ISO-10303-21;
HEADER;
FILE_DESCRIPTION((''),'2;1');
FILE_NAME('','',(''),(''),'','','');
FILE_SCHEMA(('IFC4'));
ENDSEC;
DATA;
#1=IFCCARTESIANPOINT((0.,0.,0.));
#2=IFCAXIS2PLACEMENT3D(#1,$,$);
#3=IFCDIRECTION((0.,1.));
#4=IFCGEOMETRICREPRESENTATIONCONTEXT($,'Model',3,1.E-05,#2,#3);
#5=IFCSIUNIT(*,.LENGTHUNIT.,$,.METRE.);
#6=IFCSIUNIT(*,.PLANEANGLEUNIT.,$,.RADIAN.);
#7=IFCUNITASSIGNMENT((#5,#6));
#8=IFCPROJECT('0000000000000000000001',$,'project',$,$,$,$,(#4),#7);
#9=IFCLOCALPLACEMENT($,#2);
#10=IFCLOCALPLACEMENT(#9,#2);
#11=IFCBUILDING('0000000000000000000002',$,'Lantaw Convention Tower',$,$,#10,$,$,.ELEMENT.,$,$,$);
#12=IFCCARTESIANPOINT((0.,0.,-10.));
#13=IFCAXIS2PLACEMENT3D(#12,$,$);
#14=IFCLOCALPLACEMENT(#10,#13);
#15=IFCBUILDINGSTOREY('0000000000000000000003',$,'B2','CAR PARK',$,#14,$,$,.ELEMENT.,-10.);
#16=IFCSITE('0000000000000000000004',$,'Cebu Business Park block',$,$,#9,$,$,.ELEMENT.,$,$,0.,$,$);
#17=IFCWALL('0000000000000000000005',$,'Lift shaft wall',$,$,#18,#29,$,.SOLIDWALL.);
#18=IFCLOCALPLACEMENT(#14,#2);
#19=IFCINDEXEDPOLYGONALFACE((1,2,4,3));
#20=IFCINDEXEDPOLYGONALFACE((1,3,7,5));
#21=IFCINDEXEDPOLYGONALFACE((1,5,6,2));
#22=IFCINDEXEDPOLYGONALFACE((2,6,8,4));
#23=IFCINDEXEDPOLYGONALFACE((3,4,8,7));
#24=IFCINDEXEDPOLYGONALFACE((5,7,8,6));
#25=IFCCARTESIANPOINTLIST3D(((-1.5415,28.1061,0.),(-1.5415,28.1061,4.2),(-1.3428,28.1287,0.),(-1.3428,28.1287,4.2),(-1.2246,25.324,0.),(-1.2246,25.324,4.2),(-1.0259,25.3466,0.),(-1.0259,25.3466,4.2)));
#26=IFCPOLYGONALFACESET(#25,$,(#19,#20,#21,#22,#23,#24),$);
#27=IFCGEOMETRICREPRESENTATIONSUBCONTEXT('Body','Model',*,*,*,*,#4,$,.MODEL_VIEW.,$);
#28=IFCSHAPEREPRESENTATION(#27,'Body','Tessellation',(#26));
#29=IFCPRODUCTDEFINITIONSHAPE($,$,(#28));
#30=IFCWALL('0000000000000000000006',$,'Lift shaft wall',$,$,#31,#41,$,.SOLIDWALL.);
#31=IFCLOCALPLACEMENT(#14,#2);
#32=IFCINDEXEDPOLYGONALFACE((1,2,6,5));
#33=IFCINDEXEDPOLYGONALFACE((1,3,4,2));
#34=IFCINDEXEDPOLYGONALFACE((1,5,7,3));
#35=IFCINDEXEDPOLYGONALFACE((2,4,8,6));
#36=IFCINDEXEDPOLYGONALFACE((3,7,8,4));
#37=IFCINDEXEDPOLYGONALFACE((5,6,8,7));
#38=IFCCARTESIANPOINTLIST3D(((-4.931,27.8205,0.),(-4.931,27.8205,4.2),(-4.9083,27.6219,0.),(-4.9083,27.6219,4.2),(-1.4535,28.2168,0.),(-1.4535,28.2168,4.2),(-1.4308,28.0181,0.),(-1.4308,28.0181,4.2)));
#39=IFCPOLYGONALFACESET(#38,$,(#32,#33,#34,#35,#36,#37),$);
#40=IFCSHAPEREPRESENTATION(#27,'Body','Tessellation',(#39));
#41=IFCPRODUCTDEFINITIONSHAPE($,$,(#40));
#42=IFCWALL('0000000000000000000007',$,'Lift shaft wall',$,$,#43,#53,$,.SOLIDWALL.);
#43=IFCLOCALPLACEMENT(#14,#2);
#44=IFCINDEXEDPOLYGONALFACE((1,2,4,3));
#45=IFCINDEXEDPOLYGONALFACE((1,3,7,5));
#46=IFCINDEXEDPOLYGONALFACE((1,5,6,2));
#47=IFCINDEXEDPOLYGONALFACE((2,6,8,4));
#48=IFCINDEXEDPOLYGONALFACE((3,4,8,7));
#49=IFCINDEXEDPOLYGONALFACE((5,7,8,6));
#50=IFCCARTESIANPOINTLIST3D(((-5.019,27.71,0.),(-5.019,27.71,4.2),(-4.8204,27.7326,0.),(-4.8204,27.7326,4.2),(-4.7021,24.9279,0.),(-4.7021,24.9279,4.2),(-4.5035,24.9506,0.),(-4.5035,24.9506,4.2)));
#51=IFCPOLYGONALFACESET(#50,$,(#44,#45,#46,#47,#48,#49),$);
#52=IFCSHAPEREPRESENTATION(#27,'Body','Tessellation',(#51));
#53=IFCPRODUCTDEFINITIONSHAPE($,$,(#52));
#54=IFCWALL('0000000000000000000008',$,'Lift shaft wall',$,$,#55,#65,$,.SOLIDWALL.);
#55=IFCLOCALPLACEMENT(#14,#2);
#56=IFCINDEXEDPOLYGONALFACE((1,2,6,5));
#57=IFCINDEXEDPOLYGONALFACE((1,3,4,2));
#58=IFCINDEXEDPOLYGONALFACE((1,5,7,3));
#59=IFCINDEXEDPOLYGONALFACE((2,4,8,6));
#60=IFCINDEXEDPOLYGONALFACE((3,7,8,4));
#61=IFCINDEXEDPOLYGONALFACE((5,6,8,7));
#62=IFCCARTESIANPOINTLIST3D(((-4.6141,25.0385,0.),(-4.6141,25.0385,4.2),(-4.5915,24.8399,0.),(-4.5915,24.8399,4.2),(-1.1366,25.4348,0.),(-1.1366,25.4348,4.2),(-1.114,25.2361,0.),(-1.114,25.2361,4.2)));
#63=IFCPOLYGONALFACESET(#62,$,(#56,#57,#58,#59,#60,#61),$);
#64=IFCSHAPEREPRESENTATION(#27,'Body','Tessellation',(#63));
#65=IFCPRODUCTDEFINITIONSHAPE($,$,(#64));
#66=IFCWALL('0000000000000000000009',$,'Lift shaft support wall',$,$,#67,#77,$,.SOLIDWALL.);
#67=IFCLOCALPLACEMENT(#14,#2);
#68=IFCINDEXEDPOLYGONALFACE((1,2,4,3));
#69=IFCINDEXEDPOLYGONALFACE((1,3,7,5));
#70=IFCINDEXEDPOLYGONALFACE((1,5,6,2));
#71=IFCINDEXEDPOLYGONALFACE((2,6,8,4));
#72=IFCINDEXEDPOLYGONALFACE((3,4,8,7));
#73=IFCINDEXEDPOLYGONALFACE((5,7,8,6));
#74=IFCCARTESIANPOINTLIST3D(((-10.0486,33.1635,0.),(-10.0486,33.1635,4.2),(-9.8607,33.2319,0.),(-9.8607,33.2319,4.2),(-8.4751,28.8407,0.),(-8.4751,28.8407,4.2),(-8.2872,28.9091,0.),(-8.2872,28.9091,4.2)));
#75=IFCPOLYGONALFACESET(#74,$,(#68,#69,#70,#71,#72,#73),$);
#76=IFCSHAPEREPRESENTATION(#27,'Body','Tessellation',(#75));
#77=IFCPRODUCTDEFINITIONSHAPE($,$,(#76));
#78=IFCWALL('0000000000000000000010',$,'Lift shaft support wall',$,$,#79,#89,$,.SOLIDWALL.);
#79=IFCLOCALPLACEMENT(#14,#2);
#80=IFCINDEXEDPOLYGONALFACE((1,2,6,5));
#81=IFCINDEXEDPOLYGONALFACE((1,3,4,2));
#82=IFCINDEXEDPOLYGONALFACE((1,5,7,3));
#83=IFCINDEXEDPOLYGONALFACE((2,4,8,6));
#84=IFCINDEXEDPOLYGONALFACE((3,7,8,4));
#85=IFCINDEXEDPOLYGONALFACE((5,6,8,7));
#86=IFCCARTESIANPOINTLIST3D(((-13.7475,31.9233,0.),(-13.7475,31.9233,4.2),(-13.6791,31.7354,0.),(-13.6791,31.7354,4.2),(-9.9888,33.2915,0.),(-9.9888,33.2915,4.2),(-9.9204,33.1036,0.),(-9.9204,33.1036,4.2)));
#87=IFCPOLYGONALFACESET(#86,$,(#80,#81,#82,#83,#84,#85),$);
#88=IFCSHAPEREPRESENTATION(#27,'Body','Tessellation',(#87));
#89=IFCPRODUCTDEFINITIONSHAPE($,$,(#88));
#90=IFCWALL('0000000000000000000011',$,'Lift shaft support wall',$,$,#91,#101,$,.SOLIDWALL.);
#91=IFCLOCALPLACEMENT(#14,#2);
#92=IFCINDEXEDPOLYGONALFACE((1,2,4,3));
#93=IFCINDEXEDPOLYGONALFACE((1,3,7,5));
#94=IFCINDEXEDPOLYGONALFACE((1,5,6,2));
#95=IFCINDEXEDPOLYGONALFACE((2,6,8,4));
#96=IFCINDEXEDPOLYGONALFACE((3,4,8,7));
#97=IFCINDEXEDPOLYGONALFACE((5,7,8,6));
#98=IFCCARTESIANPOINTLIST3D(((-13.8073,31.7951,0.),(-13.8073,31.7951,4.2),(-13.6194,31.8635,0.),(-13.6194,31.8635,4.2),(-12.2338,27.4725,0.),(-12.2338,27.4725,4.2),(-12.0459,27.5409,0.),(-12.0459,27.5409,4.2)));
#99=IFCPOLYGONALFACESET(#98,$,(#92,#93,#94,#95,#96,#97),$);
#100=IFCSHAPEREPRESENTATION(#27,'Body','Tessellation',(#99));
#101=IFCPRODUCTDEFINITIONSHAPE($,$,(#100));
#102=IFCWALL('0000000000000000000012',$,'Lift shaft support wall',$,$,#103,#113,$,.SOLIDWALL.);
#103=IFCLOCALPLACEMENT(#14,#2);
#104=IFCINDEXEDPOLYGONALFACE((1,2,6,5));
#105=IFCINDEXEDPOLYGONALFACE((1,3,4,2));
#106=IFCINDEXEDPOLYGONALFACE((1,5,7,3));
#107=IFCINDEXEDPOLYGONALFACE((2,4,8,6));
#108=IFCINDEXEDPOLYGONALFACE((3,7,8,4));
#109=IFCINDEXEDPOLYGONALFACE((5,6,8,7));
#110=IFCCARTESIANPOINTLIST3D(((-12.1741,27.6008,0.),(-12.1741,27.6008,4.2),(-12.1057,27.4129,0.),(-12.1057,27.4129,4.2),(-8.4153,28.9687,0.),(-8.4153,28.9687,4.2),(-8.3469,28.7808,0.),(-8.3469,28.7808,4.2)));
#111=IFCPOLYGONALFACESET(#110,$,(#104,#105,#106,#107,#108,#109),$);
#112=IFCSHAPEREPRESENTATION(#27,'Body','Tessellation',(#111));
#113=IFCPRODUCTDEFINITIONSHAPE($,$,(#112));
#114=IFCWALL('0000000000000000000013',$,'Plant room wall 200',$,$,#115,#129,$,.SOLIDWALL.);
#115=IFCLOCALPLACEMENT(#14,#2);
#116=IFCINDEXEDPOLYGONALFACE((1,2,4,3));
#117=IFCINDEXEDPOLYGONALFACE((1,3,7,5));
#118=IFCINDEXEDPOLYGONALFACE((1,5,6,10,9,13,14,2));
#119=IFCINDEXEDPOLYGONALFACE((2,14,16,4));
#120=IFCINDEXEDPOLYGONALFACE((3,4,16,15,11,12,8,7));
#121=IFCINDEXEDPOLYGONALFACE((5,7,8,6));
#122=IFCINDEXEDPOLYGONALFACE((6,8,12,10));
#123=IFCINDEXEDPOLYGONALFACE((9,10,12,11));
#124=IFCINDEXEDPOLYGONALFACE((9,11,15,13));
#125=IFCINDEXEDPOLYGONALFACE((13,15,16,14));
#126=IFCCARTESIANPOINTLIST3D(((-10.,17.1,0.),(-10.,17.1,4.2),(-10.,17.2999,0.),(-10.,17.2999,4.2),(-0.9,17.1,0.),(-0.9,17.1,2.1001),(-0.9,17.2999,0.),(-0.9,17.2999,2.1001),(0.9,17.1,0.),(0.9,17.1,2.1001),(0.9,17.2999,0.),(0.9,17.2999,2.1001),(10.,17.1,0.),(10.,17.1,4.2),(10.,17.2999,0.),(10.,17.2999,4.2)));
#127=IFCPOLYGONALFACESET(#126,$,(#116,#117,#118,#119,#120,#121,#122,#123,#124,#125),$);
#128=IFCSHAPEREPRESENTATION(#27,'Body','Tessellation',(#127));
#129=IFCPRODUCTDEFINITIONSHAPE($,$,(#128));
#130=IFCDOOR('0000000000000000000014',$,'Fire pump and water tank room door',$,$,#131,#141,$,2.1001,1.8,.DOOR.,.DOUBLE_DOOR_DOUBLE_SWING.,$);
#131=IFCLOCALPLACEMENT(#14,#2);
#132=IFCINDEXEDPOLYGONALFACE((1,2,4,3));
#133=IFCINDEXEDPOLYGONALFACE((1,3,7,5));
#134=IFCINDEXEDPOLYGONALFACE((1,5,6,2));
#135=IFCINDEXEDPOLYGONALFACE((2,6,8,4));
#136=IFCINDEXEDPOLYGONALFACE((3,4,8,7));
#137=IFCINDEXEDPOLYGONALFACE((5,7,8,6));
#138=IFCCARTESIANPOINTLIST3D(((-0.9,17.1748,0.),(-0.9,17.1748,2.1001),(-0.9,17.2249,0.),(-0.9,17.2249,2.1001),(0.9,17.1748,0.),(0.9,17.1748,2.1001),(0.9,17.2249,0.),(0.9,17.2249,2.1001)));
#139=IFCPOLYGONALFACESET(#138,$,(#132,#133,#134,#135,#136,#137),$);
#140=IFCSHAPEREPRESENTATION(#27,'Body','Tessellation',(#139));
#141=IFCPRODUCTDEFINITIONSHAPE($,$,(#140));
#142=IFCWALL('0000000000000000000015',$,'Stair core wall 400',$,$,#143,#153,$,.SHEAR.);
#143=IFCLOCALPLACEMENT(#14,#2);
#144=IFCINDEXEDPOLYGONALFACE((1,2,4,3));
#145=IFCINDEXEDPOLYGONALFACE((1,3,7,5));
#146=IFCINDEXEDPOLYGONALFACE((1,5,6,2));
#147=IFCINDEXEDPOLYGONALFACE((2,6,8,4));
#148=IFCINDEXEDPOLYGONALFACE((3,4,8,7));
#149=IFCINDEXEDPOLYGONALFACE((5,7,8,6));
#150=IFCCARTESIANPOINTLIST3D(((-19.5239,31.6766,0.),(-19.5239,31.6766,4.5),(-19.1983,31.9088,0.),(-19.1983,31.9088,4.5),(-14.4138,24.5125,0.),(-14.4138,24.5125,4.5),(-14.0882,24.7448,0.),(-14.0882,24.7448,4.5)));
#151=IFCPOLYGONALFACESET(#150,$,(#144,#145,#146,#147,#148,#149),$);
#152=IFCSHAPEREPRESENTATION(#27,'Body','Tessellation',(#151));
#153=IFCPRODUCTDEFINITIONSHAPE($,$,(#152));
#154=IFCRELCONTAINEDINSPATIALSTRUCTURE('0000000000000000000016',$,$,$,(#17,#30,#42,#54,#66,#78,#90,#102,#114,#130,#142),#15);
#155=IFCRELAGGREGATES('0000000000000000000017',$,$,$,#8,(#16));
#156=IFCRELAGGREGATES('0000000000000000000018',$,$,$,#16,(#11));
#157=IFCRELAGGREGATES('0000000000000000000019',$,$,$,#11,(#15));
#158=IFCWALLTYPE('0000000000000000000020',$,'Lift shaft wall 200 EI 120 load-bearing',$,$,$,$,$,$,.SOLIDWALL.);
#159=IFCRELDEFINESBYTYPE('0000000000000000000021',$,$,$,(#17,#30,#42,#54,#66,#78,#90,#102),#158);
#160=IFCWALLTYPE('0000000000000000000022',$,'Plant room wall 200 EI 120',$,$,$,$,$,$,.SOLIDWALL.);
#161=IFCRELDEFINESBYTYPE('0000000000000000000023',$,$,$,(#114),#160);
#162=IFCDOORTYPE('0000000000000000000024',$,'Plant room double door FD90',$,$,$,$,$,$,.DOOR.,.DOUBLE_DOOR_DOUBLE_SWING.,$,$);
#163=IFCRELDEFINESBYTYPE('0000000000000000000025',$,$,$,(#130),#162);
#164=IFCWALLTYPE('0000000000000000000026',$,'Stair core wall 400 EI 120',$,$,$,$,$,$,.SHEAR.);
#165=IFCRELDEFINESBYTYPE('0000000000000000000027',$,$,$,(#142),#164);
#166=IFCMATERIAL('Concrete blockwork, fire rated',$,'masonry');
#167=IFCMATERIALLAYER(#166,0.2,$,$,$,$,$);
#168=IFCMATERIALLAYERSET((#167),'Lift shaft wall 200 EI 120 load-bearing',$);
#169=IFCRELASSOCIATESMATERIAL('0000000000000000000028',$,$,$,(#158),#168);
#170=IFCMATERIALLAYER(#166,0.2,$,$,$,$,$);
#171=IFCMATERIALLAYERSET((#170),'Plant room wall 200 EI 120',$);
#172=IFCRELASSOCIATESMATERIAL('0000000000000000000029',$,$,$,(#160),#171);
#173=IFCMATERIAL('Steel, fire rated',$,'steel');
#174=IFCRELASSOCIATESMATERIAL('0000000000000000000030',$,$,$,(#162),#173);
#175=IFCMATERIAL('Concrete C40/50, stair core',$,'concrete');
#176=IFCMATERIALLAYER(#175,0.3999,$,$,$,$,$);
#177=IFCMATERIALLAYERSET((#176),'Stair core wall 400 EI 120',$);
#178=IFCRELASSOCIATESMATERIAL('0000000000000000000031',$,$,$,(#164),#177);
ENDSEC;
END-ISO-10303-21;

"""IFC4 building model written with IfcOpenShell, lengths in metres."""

from ifc_helpers import new_model, si_unit, direction, frame, frame_2d, origin, place, context, subcontext, project, spatial, rectangle, extrude, material, layer, layer_set, type_object, element, fill, save


model = new_model("IFC4")

# Units and contexts
model_context = context("Model", 3, precision=1e-05, world=origin(), true_north=direction((0.0, 1.0)))
body_context = subcontext(model_context, "Body", "Model", "MODEL_VIEW")
ifc_project = project(units=[si_unit("LENGTHUNIT", "METRE"), si_unit("PLANEANGLEUNIT", "RADIAN")], contexts=[model_context])

# Site, building, storey
site_placement = place(None, origin())
site = spatial("IfcSite", under=ifc_project, at=site_placement, Name="Cebu Business Park block", CompositionType="ELEMENT", RefElevation=0.0)
building_placement = place(site_placement, origin())
building = spatial("IfcBuilding", under=site, at=building_placement, Name="Lantaw Convention Tower", CompositionType="ELEMENT")
storey_placement = place(building_placement, frame((0.0, 0.0, -10.0)))
storey = spatial("IfcBuildingStorey", under=building, at=storey_placement, Name="B2", Description="CAR PARK", CompositionType="ELEMENT", Elevation=-10.0)

# Walls
ifc_material_1 = material(Name="Concrete blockwork, fire rated", Category="masonry")
ifc_layer_1 = layer(ifc_material_1, 0.2)
ifc_layer_set_1 = layer_set([ifc_layer_1], Name="Lift shaft wall 200 EI 120 load-bearing")
wall_type_1 = type_object("IfcWallType", Name="Lift shaft wall 200 EI 120 load-bearing", PredefinedType="SOLIDWALL", material=ifc_layer_set_1)
wall_1_placement = place(storey_placement, frame((-1.1252, 25.3354, 0.0), z_axis=(0.0, 0.0, 1.0), x_axis=(-0.113178, 0.993575, 0.0)))
element("IfcWall", 1, at=wall_1_placement, inside=storey, type_object=wall_type_1, Name="Lift shaft wall", PredefinedType="SOLIDWALL", context=body_context, shape_type="SweptSolid", body=[
    extrude(rectangle(XDim=2.8, YDim=0.2, at=frame_2d((1.3999, 0.0))), origin(), (0.0, 0.0, 1.0), 4.2),
])
wall_2_placement = place(storey_placement, frame((-1.4421, 28.1174, 0.0), z_axis=(0.0, 0.0, 1.0), x_axis=(-0.993571, -0.11321, 0.0)))
element("IfcWall", 2, at=wall_2_placement, inside=storey, type_object=wall_type_1, Name="Lift shaft wall", PredefinedType="SOLIDWALL", context=body_context, shape_type="SweptSolid", body=[
    extrude(rectangle(XDim=3.5, YDim=0.2, at=frame_2d((1.75, 0.0))), origin(), (0.0, 0.0, 1.0), 4.2),
])
wall_3_placement = place(storey_placement, frame((-4.9197, 27.7212, 0.0), z_axis=(0.0, 0.0, 1.0), x_axis=(0.113178, -0.993575, 0.0)))
element("IfcWall", 3, at=wall_3_placement, inside=storey, type_object=wall_type_1, Name="Lift shaft wall", PredefinedType="SOLIDWALL", context=body_context, shape_type="SweptSolid", body=[
    extrude(rectangle(XDim=2.8, YDim=0.2, at=frame_2d((1.3999, 0.0))), origin(), (0.0, 0.0, 1.0), 4.2),
])
wall_4_placement = place(storey_placement, frame((-4.6028, 24.9392, 0.0), z_axis=(0.0, 0.0, 1.0), x_axis=(0.993571, 0.11321, 0.0)))
element("IfcWall", 4, at=wall_4_placement, inside=storey, type_object=wall_type_1, Name="Lift shaft wall", PredefinedType="SOLIDWALL", context=body_context, shape_type="SweptSolid", body=[
    extrude(rectangle(XDim=3.5, YDim=0.2, at=frame_2d((1.75, 0.0))), origin(), (0.0, 0.0, 1.0), 4.2),
])
wall_5_placement = place(storey_placement, frame((-8.3811, 28.8748, 0.0), z_axis=(0.0, 0.0, 1.0), x_axis=(-0.342046, 0.939683, 0.0)))
element("IfcWall", 5, at=wall_5_placement, inside=storey, type_object=wall_type_1, Name="Lift shaft support wall", PredefinedType="SOLIDWALL", context=body_context, shape_type="SweptSolid", body=[
    extrude(rectangle(XDim=4.6003, YDim=0.2, at=frame_2d((2.3003, 0.0))), origin(), (0.0, 0.0, 1.0), 4.2),
])
wall_6_placement = place(storey_placement, frame((-9.9546, 33.1975, 0.0), z_axis=(0.0, 0.0, 1.0), x_axis=(-0.939686, -0.342037, 0.0)))
element("IfcWall", 6, at=wall_6_placement, inside=storey, type_object=wall_type_1, Name="Lift shaft support wall", PredefinedType="SOLIDWALL", context=body_context, shape_type="SweptSolid", body=[
    extrude(rectangle(XDim=4.0, YDim=0.2, at=frame_2d((2.0, 0.0))), origin(), (0.0, 0.0, 1.0), 4.2),
])
wall_7_placement = place(storey_placement, frame((-13.7134, 31.8293, 0.0), z_axis=(0.0, 0.0, 1.0), x_axis=(0.342063, -0.939677, 0.0)))
element("IfcWall", 7, at=wall_7_placement, inside=storey, type_object=wall_type_1, Name="Lift shaft support wall", PredefinedType="SOLIDWALL", context=body_context, shape_type="SweptSolid", body=[
    extrude(rectangle(XDim=4.6001, YDim=0.2, at=frame_2d((2.3, 0.0))), origin(), (0.0, 0.0, 1.0), 4.2),
])
wall_8_placement = place(storey_placement, frame((-12.1399, 27.5068, 0.0), z_axis=(0.0, 0.0, 1.0), x_axis=(0.939706, 0.341983, 0.0)))
element("IfcWall", 8, at=wall_8_placement, inside=storey, type_object=wall_type_1, Name="Lift shaft support wall", PredefinedType="SOLIDWALL", context=body_context, shape_type="SweptSolid", body=[
    extrude(rectangle(XDim=4.0, YDim=0.2, at=frame_2d((2.0, 0.0))), origin(), (0.0, 0.0, 1.0), 4.2),
])

# Wall, opening, door
ifc_layer_2 = layer(ifc_material_1, 0.2)
ifc_layer_set_2 = layer_set([ifc_layer_2], Name="Plant room wall 200 EI 120")
wall_type_2 = type_object("IfcWallType", Name="Plant room wall 200 EI 120", PredefinedType="SOLIDWALL", material=ifc_layer_set_2)
wall_9_placement = place(storey_placement, frame((-10.0, 17.2, 0.0), z_axis=(0.0, 0.0, 1.0), x_axis=(1.0, 0.0, 0.0)))
wall_9 = element("IfcWall", 9, at=wall_9_placement, inside=storey, type_object=wall_type_2, Name="Plant room wall 200", PredefinedType="SOLIDWALL", context=body_context, shape_type="SweptSolid", body=[
    extrude(rectangle(XDim=20.0, YDim=0.2, at=frame_2d((10.0, 0.0))), origin(), (0.0, 0.0, 1.0), 4.2),
])
opening_placement = place(wall_9_placement, frame((9.1001, 0.0, 0.0)))
opening = element("IfcOpeningElement", 10, at=opening_placement, cuts=wall_9, PredefinedType="OPENING", context=body_context, shape_type="SweptSolid", body=[
    extrude(rectangle(XDim=1.8, YDim=2.1001, at=frame_2d((0.8999, 1.05))), frame((0.0, 0.1099, 0.0), z_axis=(0.0, -1.0, 0.0), x_axis=(1.0, 0.0, 0.0)), (0.0, 0.0, 1.0), 0.22),
])
ifc_material_2 = material(Name="Steel, fire rated", Category="steel")
door_type = type_object("IfcDoorType", Name="Plant room double door FD90", OperationType="DOUBLE_DOOR_DOUBLE_SWING", PredefinedType="DOOR", material=ifc_material_2)
door_placement = place(opening_placement, origin())
door = element("IfcDoor", 11, at=door_placement, inside=storey, type_object=door_type, Name="Fire pump and water tank room door", OperationType="DOUBLE_DOOR_DOUBLE_SWING", OverallHeight=2.1001, OverallWidth=1.8, PredefinedType="DOOR", context=body_context, shape_type="SweptSolid", body=[
    extrude(rectangle(XDim=1.8, YDim=2.1001, at=frame_2d((0.8999, 1.05))), frame((0.0, 0.0249, 0.0), z_axis=(0.0, -1.0, 0.0), x_axis=(1.0, 0.0, 0.0)), (0.0, 0.0, 1.0), 0.05),
])
fill(opening, door)

# Wall
ifc_material_3 = material(Name="Concrete C40/50, stair core", Category="concrete")
ifc_layer_3 = layer(ifc_material_3, 0.3999)
ifc_layer_set_3 = layer_set([ifc_layer_3], Name="Stair core wall 400 EI 120")
wall_type_3 = type_object("IfcWallType", Name="Stair core wall 400 EI 120", PredefinedType="SHEAR", material=ifc_layer_set_3)
wall_10_placement = place(storey_placement, frame((-14.251, 24.6287, 0.0), z_axis=(0.0, 0.0, 1.0), x_axis=(-0.580705, 0.814114, 0.0)))
element("IfcWall", 12, at=wall_10_placement, inside=storey, type_object=wall_type_3, Name="Stair core wall 400", PredefinedType="SHEAR", context=body_context, shape_type="SweptSolid", body=[
    extrude(rectangle(XDim=8.7998, YDim=0.3999, at=frame_2d((4.3999, 0.0))), origin(), (0.0, 0.0, 1.0), 4.5),
])

save(model, "model.ifc")
